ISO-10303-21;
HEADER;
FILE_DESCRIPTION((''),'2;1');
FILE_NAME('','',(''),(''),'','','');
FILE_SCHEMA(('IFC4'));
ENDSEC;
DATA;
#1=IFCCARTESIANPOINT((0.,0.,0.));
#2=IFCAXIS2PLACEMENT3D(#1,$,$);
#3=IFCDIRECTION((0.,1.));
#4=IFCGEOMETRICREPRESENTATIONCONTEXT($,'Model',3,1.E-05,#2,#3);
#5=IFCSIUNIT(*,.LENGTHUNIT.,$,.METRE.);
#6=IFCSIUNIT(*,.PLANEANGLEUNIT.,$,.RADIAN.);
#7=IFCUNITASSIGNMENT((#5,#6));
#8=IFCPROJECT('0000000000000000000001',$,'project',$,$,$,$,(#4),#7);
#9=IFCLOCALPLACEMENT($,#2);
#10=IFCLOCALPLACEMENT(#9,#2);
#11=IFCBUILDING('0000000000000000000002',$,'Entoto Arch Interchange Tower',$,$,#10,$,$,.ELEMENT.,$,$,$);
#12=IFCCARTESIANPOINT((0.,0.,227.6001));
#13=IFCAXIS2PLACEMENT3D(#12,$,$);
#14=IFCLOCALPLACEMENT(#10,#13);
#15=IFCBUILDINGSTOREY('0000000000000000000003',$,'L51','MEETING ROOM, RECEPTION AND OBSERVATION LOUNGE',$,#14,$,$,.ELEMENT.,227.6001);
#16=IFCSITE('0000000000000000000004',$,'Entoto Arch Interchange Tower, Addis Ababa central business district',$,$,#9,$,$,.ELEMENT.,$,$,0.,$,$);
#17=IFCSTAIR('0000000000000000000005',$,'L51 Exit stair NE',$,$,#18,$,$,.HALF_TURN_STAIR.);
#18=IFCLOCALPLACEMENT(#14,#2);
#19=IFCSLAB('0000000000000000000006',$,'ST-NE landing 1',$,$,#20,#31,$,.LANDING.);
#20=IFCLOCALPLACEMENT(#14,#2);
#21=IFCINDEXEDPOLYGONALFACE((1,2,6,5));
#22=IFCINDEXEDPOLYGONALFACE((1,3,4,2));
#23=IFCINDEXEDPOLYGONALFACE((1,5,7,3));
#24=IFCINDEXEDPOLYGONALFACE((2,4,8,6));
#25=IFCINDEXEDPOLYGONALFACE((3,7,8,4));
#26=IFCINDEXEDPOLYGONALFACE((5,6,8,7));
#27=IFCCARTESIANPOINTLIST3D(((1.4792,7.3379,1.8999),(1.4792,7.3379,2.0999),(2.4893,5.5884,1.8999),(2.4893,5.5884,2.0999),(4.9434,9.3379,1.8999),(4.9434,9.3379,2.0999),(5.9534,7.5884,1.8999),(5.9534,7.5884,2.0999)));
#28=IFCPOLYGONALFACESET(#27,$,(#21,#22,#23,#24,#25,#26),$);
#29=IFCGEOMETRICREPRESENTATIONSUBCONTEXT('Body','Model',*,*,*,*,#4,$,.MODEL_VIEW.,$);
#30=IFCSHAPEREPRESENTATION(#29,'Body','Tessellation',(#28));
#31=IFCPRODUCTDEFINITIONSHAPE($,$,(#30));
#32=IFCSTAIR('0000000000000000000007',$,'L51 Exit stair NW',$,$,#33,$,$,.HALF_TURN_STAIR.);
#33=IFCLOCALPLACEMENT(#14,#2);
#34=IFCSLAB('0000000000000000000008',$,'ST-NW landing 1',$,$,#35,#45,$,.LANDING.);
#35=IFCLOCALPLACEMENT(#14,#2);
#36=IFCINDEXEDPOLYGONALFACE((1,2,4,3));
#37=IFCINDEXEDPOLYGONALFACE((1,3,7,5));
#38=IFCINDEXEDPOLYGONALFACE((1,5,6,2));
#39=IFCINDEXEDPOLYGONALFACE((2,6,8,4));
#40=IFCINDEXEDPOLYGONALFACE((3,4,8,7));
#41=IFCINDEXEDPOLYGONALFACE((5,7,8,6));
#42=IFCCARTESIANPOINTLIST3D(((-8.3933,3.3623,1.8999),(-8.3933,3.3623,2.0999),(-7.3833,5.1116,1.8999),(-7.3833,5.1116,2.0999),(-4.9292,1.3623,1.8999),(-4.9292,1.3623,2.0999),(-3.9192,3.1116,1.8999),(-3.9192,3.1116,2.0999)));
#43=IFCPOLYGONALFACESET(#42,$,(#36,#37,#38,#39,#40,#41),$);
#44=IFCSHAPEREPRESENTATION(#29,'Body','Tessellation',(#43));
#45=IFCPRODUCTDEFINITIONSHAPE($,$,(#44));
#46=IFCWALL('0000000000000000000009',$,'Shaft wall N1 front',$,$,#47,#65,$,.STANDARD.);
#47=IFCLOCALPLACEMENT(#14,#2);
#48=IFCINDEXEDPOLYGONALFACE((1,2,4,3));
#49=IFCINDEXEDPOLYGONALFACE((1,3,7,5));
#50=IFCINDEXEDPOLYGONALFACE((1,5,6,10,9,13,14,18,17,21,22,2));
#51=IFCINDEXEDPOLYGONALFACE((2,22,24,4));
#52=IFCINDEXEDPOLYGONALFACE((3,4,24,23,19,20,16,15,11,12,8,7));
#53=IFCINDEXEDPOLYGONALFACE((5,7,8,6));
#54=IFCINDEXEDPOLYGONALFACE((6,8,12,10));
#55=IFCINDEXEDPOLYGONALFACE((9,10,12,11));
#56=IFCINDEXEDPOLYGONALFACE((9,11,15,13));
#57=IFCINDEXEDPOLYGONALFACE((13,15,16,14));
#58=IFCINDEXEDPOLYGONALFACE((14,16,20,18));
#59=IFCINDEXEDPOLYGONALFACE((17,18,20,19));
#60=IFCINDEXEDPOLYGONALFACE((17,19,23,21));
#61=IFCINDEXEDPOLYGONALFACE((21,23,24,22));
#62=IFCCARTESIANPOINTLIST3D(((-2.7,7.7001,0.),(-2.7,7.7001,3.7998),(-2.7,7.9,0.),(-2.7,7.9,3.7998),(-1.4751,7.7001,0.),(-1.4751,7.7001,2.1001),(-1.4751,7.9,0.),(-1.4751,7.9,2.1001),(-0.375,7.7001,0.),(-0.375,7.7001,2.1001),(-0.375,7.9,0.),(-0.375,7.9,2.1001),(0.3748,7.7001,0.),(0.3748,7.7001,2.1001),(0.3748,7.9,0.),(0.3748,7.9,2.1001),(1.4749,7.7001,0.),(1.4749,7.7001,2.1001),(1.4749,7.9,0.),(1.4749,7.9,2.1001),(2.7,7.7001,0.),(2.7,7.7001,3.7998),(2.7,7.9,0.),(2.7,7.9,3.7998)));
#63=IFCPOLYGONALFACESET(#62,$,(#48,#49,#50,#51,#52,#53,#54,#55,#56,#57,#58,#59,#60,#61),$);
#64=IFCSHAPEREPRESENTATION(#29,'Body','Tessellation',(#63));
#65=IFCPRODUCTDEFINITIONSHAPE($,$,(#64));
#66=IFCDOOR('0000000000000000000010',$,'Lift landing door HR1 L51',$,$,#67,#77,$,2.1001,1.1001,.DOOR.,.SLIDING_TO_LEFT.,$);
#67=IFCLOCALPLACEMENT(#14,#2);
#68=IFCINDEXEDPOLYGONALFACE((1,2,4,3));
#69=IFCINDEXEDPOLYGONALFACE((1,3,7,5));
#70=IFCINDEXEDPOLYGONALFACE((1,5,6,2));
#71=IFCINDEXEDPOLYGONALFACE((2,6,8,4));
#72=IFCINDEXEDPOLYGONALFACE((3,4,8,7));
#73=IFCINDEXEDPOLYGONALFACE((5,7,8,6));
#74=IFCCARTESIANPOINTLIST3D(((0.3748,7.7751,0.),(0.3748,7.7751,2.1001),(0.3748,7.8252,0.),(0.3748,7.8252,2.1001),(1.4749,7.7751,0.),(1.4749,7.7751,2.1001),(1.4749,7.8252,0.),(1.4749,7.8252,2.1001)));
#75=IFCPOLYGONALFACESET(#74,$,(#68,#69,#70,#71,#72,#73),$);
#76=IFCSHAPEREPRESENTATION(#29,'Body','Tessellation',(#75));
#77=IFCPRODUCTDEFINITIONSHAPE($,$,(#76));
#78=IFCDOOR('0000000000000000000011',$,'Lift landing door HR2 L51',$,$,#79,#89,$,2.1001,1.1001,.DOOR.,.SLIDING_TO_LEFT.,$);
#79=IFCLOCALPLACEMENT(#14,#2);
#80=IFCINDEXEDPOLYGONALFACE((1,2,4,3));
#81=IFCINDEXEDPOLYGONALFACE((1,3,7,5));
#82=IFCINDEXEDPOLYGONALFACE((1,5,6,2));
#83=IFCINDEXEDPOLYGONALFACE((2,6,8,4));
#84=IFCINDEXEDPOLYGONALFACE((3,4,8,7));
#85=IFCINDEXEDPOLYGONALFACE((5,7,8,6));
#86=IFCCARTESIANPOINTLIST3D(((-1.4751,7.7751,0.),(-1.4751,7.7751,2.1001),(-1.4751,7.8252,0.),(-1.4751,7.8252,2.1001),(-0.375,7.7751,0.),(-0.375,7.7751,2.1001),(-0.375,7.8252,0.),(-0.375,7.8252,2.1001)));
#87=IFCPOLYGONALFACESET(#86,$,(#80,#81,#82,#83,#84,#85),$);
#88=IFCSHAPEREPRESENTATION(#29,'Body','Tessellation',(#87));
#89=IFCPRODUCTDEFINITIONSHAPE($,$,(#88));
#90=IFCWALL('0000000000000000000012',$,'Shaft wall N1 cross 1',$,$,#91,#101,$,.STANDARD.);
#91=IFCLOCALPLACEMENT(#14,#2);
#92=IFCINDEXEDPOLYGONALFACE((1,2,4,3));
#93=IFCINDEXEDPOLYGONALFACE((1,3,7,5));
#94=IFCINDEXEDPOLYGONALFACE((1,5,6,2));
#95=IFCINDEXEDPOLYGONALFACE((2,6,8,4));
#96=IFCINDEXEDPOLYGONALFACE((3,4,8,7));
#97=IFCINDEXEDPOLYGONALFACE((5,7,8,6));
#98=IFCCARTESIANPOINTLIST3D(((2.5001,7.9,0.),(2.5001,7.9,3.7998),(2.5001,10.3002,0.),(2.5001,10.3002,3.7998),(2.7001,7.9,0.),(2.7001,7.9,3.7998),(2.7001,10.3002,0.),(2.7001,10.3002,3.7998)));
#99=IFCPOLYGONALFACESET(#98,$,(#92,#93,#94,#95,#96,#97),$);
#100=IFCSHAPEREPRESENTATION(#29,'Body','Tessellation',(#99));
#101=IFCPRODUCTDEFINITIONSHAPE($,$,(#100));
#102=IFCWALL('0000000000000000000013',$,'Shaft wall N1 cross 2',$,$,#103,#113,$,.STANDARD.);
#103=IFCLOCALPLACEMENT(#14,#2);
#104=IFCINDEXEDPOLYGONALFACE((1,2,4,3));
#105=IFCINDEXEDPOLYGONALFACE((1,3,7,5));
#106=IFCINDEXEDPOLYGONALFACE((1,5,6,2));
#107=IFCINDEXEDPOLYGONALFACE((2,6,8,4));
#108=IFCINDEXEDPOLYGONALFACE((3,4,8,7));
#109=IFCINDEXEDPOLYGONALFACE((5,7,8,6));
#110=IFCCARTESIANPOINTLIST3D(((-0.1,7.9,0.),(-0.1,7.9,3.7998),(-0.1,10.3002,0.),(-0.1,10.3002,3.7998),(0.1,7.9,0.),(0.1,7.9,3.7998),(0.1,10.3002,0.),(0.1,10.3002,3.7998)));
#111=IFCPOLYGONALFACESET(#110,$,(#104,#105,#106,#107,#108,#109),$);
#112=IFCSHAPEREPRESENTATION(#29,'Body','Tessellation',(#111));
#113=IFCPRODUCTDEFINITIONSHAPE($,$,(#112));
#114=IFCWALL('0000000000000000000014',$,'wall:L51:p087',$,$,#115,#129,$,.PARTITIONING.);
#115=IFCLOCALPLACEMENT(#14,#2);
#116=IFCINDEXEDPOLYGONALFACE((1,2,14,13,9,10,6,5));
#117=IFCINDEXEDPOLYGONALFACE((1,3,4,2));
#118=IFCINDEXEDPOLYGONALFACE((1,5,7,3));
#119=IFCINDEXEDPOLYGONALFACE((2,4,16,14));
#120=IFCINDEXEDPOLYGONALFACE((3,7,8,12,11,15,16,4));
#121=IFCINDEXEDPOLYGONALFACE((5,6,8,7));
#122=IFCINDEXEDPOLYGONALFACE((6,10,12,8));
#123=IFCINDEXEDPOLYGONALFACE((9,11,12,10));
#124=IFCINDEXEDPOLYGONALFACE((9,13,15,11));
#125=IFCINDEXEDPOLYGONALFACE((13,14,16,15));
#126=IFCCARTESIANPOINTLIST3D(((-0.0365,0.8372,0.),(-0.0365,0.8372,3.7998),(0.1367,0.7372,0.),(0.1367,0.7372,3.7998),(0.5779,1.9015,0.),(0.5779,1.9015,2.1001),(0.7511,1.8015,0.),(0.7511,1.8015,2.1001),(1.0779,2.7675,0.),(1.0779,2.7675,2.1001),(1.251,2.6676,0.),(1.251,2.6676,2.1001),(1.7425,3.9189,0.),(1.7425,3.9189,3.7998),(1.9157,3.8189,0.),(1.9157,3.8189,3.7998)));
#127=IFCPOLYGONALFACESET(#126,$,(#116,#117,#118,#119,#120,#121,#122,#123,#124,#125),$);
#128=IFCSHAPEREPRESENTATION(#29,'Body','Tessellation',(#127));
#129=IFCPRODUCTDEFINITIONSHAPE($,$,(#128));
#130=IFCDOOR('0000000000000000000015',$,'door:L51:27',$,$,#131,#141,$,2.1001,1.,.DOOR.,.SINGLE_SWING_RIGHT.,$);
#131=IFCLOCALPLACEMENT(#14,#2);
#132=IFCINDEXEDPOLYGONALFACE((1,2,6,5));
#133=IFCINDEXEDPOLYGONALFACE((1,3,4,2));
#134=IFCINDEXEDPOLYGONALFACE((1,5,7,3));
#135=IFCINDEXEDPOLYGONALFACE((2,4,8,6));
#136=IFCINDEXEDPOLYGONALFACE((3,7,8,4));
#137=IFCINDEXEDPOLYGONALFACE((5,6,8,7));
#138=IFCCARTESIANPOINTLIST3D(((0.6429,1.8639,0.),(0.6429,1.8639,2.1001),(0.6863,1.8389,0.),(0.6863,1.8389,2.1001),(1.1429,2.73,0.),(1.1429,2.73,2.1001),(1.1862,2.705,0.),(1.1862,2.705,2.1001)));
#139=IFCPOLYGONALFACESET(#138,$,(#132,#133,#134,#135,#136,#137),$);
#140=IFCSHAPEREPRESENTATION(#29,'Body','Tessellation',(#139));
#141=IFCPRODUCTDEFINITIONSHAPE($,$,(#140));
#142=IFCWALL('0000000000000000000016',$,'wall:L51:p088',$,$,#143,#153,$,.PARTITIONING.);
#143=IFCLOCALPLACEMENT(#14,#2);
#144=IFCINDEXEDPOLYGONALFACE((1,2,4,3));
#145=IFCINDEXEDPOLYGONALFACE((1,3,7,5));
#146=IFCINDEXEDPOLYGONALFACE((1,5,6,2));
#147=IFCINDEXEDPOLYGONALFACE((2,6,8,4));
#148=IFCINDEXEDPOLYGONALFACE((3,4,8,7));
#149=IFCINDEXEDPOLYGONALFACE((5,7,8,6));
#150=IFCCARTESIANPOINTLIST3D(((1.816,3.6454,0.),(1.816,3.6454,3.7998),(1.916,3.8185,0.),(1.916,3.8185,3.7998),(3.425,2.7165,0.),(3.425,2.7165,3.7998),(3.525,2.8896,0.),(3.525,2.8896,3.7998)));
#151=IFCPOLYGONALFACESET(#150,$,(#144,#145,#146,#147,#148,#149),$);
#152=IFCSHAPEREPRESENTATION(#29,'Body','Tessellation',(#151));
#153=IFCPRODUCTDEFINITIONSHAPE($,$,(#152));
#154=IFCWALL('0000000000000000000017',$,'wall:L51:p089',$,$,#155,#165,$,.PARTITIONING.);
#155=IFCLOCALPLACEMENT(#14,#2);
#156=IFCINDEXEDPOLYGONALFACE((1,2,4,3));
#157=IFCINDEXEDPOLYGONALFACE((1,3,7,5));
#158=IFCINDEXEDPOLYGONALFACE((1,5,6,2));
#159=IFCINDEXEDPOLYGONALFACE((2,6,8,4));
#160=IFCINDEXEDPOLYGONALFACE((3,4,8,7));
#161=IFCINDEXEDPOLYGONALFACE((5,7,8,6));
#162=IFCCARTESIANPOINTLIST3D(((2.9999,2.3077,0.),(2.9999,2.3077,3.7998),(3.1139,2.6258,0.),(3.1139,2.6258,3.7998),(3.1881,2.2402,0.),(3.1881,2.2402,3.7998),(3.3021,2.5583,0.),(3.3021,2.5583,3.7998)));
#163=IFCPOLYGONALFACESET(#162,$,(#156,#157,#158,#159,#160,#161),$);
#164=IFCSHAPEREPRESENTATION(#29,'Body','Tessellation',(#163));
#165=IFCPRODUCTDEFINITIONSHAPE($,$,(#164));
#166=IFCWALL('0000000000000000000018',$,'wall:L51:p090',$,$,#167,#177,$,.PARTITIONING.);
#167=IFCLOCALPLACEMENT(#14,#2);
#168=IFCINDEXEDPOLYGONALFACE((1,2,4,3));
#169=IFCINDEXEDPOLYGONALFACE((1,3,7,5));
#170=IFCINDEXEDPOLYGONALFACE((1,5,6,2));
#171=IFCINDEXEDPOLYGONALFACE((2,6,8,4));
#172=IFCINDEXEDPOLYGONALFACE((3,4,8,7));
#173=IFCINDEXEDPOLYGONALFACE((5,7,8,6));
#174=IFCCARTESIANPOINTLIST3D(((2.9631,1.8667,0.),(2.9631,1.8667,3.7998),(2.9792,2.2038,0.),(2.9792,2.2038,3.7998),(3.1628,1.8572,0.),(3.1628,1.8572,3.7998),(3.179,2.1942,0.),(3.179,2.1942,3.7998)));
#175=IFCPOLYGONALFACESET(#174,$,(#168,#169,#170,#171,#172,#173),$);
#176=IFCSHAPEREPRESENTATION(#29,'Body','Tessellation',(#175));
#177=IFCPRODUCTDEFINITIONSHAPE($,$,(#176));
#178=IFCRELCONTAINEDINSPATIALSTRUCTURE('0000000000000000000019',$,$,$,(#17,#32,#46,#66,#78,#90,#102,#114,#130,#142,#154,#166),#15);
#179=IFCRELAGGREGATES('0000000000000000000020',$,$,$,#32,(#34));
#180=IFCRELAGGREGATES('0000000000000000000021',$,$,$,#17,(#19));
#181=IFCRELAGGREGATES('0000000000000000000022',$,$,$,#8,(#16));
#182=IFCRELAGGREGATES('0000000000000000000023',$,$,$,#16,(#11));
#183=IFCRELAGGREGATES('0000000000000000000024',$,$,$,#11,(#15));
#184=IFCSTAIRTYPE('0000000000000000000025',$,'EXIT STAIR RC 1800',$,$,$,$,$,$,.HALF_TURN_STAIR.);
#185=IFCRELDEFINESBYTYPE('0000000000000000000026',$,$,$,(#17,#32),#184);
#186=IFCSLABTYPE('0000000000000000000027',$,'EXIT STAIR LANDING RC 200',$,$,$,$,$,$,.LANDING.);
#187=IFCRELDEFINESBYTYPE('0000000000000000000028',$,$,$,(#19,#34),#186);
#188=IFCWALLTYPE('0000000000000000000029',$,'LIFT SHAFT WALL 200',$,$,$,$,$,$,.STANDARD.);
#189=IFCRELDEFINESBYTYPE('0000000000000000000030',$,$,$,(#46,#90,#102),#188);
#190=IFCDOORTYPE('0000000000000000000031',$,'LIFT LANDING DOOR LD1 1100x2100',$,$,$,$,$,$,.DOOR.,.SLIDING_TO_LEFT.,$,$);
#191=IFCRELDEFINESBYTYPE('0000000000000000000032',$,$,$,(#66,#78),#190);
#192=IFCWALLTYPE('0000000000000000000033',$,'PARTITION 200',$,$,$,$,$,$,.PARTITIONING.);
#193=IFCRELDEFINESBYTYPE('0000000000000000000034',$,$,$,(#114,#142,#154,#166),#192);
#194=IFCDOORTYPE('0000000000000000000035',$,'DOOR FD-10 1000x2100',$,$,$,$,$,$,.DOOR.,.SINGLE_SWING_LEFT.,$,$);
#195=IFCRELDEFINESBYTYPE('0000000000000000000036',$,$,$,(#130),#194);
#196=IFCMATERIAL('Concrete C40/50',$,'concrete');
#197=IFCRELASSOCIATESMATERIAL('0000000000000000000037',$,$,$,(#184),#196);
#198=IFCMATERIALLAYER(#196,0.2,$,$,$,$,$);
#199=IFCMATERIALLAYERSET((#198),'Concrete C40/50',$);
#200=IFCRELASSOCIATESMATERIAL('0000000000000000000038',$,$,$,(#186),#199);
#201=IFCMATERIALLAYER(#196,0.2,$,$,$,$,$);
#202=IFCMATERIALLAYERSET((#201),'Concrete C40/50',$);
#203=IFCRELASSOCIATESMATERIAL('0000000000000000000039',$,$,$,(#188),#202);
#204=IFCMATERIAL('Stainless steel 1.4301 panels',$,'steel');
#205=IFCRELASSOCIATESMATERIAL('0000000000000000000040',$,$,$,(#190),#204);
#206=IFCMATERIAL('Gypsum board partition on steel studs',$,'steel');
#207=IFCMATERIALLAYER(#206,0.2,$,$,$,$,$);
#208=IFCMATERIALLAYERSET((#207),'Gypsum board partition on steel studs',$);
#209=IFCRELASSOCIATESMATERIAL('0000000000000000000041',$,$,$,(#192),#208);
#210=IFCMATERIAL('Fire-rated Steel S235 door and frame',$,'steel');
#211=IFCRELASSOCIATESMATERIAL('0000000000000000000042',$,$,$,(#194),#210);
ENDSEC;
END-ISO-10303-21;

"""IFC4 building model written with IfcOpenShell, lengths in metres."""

from ifc_helpers import new_model, si_unit, direction, frame, frame_2d, origin, place, context, subcontext, project, spatial, polyline, rectangle, outline, extrude, material, layer, layer_set, type_object, element, fill, aggregate, save


model = new_model("IFC4")

# Units and contexts
model_context = context("Model", 3, precision=1e-05, world=origin(), true_north=direction((0.0, 1.0)))
body_context = subcontext(model_context, "Body", "Model", "MODEL_VIEW")
ifc_project = project(units=[si_unit("LENGTHUNIT", "METRE"), si_unit("PLANEANGLEUNIT", "RADIAN")], contexts=[model_context])

# Site, building, storey
site_placement = place(None, origin())
site = spatial("IfcSite", under=ifc_project, at=site_placement, Name="Entoto Arch Interchange Tower, Addis Ababa central business district", CompositionType="ELEMENT", RefElevation=0.0)
building_placement = place(site_placement, origin())
building = spatial("IfcBuilding", under=site, at=building_placement, Name="Entoto Arch Interchange Tower", CompositionType="ELEMENT")
storey_placement = place(building_placement, frame((0.0, 0.0, 227.6001)))
storey = spatial("IfcBuildingStorey", under=building, at=storey_placement, Name="L51", Description="MEETING ROOM, RECEPTION AND OBSERVATION LOUNGE", CompositionType="ELEMENT", Elevation=227.6001)

# Stairs, slabs
ifc_material_1 = material(Name="Concrete C40/50", Category="concrete")
stair_type = type_object("IfcStairType", Name="EXIT STAIR RC 1800", PredefinedType="HALF_TURN_STAIR", material=ifc_material_1)
stair_1_placement = place(storey_placement, origin())
stair_1 = element("IfcStair", 1, at=stair_1_placement, inside=storey, type_object=stair_type, Name="L51 Exit stair NE", PredefinedType="HALF_TURN_STAIR")
ifc_layer_1 = layer(ifc_material_1, 0.2)
ifc_layer_set_1 = layer_set([ifc_layer_1], Name="Concrete C40/50")
slab_type = type_object("IfcSlabType", Name="EXIT STAIR LANDING RC 200", PredefinedType="LANDING", material=ifc_layer_set_1)
slab_1_placement = place(storey_placement, frame((0.0, 0.0, 1.8999)))
slab_1 = element("IfcSlab", 2, at=slab_1_placement, type_object=slab_type, Name="ST-NE landing 1", PredefinedType="LANDING", context=body_context, shape_type="SweptSolid", body=[
    extrude(outline(polyline([(5.9534, 7.5884), (4.9434, 9.3379), (1.4792, 7.3379), (2.4893, 5.5884), (5.9534, 7.5884)])), origin(), (0.0, 0.0, 1.0), 0.2),
])
stair_2_placement = place(storey_placement, origin())
stair_2 = element("IfcStair", 3, at=stair_2_placement, inside=storey, type_object=stair_type, Name="L51 Exit stair NW", PredefinedType="HALF_TURN_STAIR")
slab_2_placement = place(storey_placement, frame((0.0, 0.0, 1.8999)))
slab_2 = element("IfcSlab", 4, at=slab_2_placement, type_object=slab_type, Name="ST-NW landing 1", PredefinedType="LANDING", context=body_context, shape_type="SweptSolid", body=[
    extrude(outline(polyline([(-7.3833, 5.1116), (-8.3933, 3.3623), (-4.9292, 1.3623), (-3.9192, 3.1116), (-7.3833, 5.1116)])), origin(), (0.0, 0.0, 1.0), 0.2),
])
aggregate(stair_2, [slab_2])

# Wall, openings, doors
ifc_layer_2 = layer(ifc_material_1, 0.2)
ifc_layer_set_2 = layer_set([ifc_layer_2], Name="Concrete C40/50")
wall_type_1 = type_object("IfcWallType", Name="LIFT SHAFT WALL 200", PredefinedType="STANDARD", material=ifc_layer_set_2)
wall_1_placement = place(storey_placement, frame((2.7, 7.8, 0.0), z_axis=(0.0, 0.0, 1.0), x_axis=(-1.0, 0.0, 0.0)))
wall_1 = element("IfcWall", 5, at=wall_1_placement, inside=storey, type_object=wall_type_1, Name="Shaft wall N1 front", PredefinedType="STANDARD", context=body_context, shape_type="SweptSolid", body=[
    extrude(rectangle(XDim=5.3999, YDim=0.2, at=frame_2d((2.7, 0.0))), origin(), (0.0, 0.0, 1.0), 3.7998),
])
opening_1_placement = place(wall_1_placement, frame((1.2251, 0.0, 0.0)))
opening_1 = element("IfcOpeningElement", 6, at=opening_1_placement, cuts=wall_1, PredefinedType="OPENING", context=body_context, shape_type="SweptSolid", body=[
    extrude(rectangle(XDim=1.1001, YDim=2.1001, at=frame_2d((0.55, 1.05))), frame((0.0, 0.1099, 0.0), z_axis=(0.0, -1.0, 0.0), x_axis=(1.0, 0.0, 0.0)), (0.0, 0.0, 1.0), 0.22),
])
opening_2_placement = place(wall_1_placement, frame((3.075, 0.0, 0.0)))
opening_2 = element("IfcOpeningElement", 7, at=opening_2_placement, cuts=wall_1, PredefinedType="OPENING", context=body_context, shape_type="SweptSolid", body=[
    extrude(rectangle(XDim=1.1001, YDim=2.1001, at=frame_2d((0.55, 1.05))), frame((0.0, 0.1099, 0.0), z_axis=(0.0, -1.0, 0.0), x_axis=(1.0, 0.0, 0.0)), (0.0, 0.0, 1.0), 0.22),
])
ifc_material_2 = material(Name="Stainless steel 1.4301 panels", Category="steel")
door_type_1 = type_object("IfcDoorType", Name="LIFT LANDING DOOR LD1 1100x2100", OperationType="SLIDING_TO_LEFT", PredefinedType="DOOR", material=ifc_material_2)
door_1_placement = place(opening_1_placement, origin())
door_1 = element("IfcDoor", 8, at=door_1_placement, inside=storey, type_object=door_type_1, Name="Lift landing door HR1 L51", OperationType="SLIDING_TO_LEFT", OverallHeight=2.1001, OverallWidth=1.1001, PredefinedType="DOOR", context=body_context, shape_type="SweptSolid", body=[
    extrude(rectangle(XDim=1.1001, YDim=2.1001, at=frame_2d((0.55, 1.05))), frame((0.0, 0.0249, 0.0), z_axis=(0.0, -1.0, 0.0), x_axis=(1.0, 0.0, 0.0)), (0.0, 0.0, 1.0), 0.05),
])
fill(opening_1, door_1)
door_2_placement = place(opening_2_placement, origin())
door_2 = element("IfcDoor", 9, at=door_2_placement, inside=storey, type_object=door_type_1, Name="Lift landing door HR2 L51", OperationType="SLIDING_TO_LEFT", OverallHeight=2.1001, OverallWidth=1.1001, PredefinedType="DOOR", context=body_context, shape_type="SweptSolid", body=[
    extrude(rectangle(XDim=1.1001, YDim=2.1001, at=frame_2d((0.55, 1.05))), frame((0.0, 0.0249, 0.0), z_axis=(0.0, -1.0, 0.0), x_axis=(1.0, 0.0, 0.0)), (0.0, 0.0, 1.0), 0.05),
])
fill(opening_2, door_2)

# Walls
for number, where, z_axis, x_axis, name in (
    (10, (2.6001, 7.8999, 0.0), (0.0, 0.0, 1.0), (0.0, 1.0, 0.0), "Shaft wall N1 cross 1"),
    (11, (0.0, 7.8999, 0.0), (0.0, 0.0, 1.0), (0.0, 1.0, 0.0), "Shaft wall N1 cross 2"),
):
    element("IfcWall", number, at=place(storey_placement, frame(where, z_axis=z_axis, x_axis=x_axis)), inside=storey, type_object=wall_type_1, Name=name, PredefinedType="STANDARD", context=body_context, shape_type="SweptSolid", body=[
        extrude(rectangle(XDim=2.4001, YDim=0.2, at=frame_2d((1.2002, 0.0))), origin(), (0.0, 0.0, 1.0), 3.7998),
    ])

# Wall, opening, door
ifc_material_3 = material(Name="Gypsum board partition on steel studs", Category="steel")
ifc_layer_3 = layer(ifc_material_3, 0.2)
ifc_layer_set_3 = layer_set([ifc_layer_3], Name="Gypsum board partition on steel studs")
wall_type_2 = type_object("IfcWallType", Name="PARTITION 200", PredefinedType="PARTITIONING", material=ifc_layer_set_3)
wall_2_placement = place(storey_placement, frame((0.05, 0.7871, 0.0), z_axis=(0.0, 0.0, 1.0), x_axis=(0.499954, 0.866052, 0.0)))
wall_2 = element("IfcWall", 12, at=wall_2_placement, inside=storey, type_object=wall_type_2, Name="wall:L51:p087", PredefinedType="PARTITIONING", context=body_context, shape_type="SweptSolid", body=[
    extrude(rectangle(XDim=3.5583, YDim=0.2, at=frame_2d((1.7793, 0.0))), origin(), (0.0, 0.0, 1.0), 3.7998),
])
opening_3_placement = place(wall_2_placement, frame((1.229, 0.0, 0.0)))
opening_3 = element("IfcOpeningElement", 13, at=opening_3_placement, cuts=wall_2, PredefinedType="OPENING", context=body_context, shape_type="SweptSolid", body=[
    extrude(rectangle(XDim=1.0, YDim=2.1001, at=frame_2d((0.5, 1.05))), frame((0.0, 0.1099, 0.0), z_axis=(0.0, -1.0, 0.0), x_axis=(1.0, 0.0, 0.0)), (0.0, 0.0, 1.0), 0.22),
])
ifc_material_4 = material(Name="Fire-rated Steel S235 door and frame", Category="steel")
door_type_2 = type_object("IfcDoorType", Name="DOOR FD-10 1000x2100", OperationType="SINGLE_SWING_LEFT", PredefinedType="DOOR", material=ifc_material_4)
door_3_placement = place(opening_3_placement, origin())
door_3 = element("IfcDoor", 14, at=door_3_placement, inside=storey, type_object=door_type_2, Name="door:L51:27", OperationType="SINGLE_SWING_RIGHT", OverallHeight=2.1001, OverallWidth=1.0, PredefinedType="DOOR", context=body_context, shape_type="SweptSolid", body=[
    extrude(rectangle(XDim=1.0, YDim=2.1001, at=frame_2d((0.5, 1.05))), frame((0.0, 0.0249, 0.0), z_axis=(0.0, -1.0, 0.0), x_axis=(1.0, 0.0, 0.0)), (0.0, 0.0, 1.0), 0.05),
])
fill(opening_3, door_3)

# Walls
wall_3_placement = place(storey_placement, frame((1.866, 3.7319, 0.0), z_axis=(0.0, 0.0, 1.0), x_axis=(0.866043, -0.499969, 0.0)))
element("IfcWall", 15, at=wall_3_placement, inside=storey, type_object=wall_type_2, Name="wall:L51:p088", PredefinedType="PARTITIONING", context=body_context, shape_type="SweptSolid", body=[
    extrude(rectangle(XDim=1.8579, YDim=0.2, at=frame_2d((0.929, 0.0))), origin(), (0.0, 0.0, 1.0), 3.7998),
])
wall_4_placement = place(storey_placement, frame((3.208, 2.592, 0.0), z_axis=(0.0, 0.0, 1.0), x_axis=(-0.337389, -0.941365, 0.0)))
element("IfcWall", 16, at=wall_4_placement, inside=storey, type_object=wall_type_2, Name="wall:L51:p089", PredefinedType="PARTITIONING", context=body_context, shape_type="SweptSolid", body=[
    extrude(rectangle(XDim=0.3379, YDim=0.2, at=frame_2d((0.1689, 0.0))), origin(), (0.0, 0.0, 1.0), 3.7998),
])
wall_5_placement = place(storey_placement, frame((3.0791, 2.199, 0.0), z_axis=(0.0, 0.0, 1.0), x_axis=(-0.047771, -0.998858, 0.0)))
element("IfcWall", 17, at=wall_5_placement, inside=storey, type_object=wall_type_2, Name="wall:L51:p090", PredefinedType="PARTITIONING", context=body_context, shape_type="SweptSolid", body=[
    extrude(rectangle(XDim=0.3374, YDim=0.2, at=frame_2d((0.1687, 0.0))), origin(), (0.0, 0.0, 1.0), 3.7998),
])

aggregate(stair_1, [slab_1])

save(model, "model.ifc")
